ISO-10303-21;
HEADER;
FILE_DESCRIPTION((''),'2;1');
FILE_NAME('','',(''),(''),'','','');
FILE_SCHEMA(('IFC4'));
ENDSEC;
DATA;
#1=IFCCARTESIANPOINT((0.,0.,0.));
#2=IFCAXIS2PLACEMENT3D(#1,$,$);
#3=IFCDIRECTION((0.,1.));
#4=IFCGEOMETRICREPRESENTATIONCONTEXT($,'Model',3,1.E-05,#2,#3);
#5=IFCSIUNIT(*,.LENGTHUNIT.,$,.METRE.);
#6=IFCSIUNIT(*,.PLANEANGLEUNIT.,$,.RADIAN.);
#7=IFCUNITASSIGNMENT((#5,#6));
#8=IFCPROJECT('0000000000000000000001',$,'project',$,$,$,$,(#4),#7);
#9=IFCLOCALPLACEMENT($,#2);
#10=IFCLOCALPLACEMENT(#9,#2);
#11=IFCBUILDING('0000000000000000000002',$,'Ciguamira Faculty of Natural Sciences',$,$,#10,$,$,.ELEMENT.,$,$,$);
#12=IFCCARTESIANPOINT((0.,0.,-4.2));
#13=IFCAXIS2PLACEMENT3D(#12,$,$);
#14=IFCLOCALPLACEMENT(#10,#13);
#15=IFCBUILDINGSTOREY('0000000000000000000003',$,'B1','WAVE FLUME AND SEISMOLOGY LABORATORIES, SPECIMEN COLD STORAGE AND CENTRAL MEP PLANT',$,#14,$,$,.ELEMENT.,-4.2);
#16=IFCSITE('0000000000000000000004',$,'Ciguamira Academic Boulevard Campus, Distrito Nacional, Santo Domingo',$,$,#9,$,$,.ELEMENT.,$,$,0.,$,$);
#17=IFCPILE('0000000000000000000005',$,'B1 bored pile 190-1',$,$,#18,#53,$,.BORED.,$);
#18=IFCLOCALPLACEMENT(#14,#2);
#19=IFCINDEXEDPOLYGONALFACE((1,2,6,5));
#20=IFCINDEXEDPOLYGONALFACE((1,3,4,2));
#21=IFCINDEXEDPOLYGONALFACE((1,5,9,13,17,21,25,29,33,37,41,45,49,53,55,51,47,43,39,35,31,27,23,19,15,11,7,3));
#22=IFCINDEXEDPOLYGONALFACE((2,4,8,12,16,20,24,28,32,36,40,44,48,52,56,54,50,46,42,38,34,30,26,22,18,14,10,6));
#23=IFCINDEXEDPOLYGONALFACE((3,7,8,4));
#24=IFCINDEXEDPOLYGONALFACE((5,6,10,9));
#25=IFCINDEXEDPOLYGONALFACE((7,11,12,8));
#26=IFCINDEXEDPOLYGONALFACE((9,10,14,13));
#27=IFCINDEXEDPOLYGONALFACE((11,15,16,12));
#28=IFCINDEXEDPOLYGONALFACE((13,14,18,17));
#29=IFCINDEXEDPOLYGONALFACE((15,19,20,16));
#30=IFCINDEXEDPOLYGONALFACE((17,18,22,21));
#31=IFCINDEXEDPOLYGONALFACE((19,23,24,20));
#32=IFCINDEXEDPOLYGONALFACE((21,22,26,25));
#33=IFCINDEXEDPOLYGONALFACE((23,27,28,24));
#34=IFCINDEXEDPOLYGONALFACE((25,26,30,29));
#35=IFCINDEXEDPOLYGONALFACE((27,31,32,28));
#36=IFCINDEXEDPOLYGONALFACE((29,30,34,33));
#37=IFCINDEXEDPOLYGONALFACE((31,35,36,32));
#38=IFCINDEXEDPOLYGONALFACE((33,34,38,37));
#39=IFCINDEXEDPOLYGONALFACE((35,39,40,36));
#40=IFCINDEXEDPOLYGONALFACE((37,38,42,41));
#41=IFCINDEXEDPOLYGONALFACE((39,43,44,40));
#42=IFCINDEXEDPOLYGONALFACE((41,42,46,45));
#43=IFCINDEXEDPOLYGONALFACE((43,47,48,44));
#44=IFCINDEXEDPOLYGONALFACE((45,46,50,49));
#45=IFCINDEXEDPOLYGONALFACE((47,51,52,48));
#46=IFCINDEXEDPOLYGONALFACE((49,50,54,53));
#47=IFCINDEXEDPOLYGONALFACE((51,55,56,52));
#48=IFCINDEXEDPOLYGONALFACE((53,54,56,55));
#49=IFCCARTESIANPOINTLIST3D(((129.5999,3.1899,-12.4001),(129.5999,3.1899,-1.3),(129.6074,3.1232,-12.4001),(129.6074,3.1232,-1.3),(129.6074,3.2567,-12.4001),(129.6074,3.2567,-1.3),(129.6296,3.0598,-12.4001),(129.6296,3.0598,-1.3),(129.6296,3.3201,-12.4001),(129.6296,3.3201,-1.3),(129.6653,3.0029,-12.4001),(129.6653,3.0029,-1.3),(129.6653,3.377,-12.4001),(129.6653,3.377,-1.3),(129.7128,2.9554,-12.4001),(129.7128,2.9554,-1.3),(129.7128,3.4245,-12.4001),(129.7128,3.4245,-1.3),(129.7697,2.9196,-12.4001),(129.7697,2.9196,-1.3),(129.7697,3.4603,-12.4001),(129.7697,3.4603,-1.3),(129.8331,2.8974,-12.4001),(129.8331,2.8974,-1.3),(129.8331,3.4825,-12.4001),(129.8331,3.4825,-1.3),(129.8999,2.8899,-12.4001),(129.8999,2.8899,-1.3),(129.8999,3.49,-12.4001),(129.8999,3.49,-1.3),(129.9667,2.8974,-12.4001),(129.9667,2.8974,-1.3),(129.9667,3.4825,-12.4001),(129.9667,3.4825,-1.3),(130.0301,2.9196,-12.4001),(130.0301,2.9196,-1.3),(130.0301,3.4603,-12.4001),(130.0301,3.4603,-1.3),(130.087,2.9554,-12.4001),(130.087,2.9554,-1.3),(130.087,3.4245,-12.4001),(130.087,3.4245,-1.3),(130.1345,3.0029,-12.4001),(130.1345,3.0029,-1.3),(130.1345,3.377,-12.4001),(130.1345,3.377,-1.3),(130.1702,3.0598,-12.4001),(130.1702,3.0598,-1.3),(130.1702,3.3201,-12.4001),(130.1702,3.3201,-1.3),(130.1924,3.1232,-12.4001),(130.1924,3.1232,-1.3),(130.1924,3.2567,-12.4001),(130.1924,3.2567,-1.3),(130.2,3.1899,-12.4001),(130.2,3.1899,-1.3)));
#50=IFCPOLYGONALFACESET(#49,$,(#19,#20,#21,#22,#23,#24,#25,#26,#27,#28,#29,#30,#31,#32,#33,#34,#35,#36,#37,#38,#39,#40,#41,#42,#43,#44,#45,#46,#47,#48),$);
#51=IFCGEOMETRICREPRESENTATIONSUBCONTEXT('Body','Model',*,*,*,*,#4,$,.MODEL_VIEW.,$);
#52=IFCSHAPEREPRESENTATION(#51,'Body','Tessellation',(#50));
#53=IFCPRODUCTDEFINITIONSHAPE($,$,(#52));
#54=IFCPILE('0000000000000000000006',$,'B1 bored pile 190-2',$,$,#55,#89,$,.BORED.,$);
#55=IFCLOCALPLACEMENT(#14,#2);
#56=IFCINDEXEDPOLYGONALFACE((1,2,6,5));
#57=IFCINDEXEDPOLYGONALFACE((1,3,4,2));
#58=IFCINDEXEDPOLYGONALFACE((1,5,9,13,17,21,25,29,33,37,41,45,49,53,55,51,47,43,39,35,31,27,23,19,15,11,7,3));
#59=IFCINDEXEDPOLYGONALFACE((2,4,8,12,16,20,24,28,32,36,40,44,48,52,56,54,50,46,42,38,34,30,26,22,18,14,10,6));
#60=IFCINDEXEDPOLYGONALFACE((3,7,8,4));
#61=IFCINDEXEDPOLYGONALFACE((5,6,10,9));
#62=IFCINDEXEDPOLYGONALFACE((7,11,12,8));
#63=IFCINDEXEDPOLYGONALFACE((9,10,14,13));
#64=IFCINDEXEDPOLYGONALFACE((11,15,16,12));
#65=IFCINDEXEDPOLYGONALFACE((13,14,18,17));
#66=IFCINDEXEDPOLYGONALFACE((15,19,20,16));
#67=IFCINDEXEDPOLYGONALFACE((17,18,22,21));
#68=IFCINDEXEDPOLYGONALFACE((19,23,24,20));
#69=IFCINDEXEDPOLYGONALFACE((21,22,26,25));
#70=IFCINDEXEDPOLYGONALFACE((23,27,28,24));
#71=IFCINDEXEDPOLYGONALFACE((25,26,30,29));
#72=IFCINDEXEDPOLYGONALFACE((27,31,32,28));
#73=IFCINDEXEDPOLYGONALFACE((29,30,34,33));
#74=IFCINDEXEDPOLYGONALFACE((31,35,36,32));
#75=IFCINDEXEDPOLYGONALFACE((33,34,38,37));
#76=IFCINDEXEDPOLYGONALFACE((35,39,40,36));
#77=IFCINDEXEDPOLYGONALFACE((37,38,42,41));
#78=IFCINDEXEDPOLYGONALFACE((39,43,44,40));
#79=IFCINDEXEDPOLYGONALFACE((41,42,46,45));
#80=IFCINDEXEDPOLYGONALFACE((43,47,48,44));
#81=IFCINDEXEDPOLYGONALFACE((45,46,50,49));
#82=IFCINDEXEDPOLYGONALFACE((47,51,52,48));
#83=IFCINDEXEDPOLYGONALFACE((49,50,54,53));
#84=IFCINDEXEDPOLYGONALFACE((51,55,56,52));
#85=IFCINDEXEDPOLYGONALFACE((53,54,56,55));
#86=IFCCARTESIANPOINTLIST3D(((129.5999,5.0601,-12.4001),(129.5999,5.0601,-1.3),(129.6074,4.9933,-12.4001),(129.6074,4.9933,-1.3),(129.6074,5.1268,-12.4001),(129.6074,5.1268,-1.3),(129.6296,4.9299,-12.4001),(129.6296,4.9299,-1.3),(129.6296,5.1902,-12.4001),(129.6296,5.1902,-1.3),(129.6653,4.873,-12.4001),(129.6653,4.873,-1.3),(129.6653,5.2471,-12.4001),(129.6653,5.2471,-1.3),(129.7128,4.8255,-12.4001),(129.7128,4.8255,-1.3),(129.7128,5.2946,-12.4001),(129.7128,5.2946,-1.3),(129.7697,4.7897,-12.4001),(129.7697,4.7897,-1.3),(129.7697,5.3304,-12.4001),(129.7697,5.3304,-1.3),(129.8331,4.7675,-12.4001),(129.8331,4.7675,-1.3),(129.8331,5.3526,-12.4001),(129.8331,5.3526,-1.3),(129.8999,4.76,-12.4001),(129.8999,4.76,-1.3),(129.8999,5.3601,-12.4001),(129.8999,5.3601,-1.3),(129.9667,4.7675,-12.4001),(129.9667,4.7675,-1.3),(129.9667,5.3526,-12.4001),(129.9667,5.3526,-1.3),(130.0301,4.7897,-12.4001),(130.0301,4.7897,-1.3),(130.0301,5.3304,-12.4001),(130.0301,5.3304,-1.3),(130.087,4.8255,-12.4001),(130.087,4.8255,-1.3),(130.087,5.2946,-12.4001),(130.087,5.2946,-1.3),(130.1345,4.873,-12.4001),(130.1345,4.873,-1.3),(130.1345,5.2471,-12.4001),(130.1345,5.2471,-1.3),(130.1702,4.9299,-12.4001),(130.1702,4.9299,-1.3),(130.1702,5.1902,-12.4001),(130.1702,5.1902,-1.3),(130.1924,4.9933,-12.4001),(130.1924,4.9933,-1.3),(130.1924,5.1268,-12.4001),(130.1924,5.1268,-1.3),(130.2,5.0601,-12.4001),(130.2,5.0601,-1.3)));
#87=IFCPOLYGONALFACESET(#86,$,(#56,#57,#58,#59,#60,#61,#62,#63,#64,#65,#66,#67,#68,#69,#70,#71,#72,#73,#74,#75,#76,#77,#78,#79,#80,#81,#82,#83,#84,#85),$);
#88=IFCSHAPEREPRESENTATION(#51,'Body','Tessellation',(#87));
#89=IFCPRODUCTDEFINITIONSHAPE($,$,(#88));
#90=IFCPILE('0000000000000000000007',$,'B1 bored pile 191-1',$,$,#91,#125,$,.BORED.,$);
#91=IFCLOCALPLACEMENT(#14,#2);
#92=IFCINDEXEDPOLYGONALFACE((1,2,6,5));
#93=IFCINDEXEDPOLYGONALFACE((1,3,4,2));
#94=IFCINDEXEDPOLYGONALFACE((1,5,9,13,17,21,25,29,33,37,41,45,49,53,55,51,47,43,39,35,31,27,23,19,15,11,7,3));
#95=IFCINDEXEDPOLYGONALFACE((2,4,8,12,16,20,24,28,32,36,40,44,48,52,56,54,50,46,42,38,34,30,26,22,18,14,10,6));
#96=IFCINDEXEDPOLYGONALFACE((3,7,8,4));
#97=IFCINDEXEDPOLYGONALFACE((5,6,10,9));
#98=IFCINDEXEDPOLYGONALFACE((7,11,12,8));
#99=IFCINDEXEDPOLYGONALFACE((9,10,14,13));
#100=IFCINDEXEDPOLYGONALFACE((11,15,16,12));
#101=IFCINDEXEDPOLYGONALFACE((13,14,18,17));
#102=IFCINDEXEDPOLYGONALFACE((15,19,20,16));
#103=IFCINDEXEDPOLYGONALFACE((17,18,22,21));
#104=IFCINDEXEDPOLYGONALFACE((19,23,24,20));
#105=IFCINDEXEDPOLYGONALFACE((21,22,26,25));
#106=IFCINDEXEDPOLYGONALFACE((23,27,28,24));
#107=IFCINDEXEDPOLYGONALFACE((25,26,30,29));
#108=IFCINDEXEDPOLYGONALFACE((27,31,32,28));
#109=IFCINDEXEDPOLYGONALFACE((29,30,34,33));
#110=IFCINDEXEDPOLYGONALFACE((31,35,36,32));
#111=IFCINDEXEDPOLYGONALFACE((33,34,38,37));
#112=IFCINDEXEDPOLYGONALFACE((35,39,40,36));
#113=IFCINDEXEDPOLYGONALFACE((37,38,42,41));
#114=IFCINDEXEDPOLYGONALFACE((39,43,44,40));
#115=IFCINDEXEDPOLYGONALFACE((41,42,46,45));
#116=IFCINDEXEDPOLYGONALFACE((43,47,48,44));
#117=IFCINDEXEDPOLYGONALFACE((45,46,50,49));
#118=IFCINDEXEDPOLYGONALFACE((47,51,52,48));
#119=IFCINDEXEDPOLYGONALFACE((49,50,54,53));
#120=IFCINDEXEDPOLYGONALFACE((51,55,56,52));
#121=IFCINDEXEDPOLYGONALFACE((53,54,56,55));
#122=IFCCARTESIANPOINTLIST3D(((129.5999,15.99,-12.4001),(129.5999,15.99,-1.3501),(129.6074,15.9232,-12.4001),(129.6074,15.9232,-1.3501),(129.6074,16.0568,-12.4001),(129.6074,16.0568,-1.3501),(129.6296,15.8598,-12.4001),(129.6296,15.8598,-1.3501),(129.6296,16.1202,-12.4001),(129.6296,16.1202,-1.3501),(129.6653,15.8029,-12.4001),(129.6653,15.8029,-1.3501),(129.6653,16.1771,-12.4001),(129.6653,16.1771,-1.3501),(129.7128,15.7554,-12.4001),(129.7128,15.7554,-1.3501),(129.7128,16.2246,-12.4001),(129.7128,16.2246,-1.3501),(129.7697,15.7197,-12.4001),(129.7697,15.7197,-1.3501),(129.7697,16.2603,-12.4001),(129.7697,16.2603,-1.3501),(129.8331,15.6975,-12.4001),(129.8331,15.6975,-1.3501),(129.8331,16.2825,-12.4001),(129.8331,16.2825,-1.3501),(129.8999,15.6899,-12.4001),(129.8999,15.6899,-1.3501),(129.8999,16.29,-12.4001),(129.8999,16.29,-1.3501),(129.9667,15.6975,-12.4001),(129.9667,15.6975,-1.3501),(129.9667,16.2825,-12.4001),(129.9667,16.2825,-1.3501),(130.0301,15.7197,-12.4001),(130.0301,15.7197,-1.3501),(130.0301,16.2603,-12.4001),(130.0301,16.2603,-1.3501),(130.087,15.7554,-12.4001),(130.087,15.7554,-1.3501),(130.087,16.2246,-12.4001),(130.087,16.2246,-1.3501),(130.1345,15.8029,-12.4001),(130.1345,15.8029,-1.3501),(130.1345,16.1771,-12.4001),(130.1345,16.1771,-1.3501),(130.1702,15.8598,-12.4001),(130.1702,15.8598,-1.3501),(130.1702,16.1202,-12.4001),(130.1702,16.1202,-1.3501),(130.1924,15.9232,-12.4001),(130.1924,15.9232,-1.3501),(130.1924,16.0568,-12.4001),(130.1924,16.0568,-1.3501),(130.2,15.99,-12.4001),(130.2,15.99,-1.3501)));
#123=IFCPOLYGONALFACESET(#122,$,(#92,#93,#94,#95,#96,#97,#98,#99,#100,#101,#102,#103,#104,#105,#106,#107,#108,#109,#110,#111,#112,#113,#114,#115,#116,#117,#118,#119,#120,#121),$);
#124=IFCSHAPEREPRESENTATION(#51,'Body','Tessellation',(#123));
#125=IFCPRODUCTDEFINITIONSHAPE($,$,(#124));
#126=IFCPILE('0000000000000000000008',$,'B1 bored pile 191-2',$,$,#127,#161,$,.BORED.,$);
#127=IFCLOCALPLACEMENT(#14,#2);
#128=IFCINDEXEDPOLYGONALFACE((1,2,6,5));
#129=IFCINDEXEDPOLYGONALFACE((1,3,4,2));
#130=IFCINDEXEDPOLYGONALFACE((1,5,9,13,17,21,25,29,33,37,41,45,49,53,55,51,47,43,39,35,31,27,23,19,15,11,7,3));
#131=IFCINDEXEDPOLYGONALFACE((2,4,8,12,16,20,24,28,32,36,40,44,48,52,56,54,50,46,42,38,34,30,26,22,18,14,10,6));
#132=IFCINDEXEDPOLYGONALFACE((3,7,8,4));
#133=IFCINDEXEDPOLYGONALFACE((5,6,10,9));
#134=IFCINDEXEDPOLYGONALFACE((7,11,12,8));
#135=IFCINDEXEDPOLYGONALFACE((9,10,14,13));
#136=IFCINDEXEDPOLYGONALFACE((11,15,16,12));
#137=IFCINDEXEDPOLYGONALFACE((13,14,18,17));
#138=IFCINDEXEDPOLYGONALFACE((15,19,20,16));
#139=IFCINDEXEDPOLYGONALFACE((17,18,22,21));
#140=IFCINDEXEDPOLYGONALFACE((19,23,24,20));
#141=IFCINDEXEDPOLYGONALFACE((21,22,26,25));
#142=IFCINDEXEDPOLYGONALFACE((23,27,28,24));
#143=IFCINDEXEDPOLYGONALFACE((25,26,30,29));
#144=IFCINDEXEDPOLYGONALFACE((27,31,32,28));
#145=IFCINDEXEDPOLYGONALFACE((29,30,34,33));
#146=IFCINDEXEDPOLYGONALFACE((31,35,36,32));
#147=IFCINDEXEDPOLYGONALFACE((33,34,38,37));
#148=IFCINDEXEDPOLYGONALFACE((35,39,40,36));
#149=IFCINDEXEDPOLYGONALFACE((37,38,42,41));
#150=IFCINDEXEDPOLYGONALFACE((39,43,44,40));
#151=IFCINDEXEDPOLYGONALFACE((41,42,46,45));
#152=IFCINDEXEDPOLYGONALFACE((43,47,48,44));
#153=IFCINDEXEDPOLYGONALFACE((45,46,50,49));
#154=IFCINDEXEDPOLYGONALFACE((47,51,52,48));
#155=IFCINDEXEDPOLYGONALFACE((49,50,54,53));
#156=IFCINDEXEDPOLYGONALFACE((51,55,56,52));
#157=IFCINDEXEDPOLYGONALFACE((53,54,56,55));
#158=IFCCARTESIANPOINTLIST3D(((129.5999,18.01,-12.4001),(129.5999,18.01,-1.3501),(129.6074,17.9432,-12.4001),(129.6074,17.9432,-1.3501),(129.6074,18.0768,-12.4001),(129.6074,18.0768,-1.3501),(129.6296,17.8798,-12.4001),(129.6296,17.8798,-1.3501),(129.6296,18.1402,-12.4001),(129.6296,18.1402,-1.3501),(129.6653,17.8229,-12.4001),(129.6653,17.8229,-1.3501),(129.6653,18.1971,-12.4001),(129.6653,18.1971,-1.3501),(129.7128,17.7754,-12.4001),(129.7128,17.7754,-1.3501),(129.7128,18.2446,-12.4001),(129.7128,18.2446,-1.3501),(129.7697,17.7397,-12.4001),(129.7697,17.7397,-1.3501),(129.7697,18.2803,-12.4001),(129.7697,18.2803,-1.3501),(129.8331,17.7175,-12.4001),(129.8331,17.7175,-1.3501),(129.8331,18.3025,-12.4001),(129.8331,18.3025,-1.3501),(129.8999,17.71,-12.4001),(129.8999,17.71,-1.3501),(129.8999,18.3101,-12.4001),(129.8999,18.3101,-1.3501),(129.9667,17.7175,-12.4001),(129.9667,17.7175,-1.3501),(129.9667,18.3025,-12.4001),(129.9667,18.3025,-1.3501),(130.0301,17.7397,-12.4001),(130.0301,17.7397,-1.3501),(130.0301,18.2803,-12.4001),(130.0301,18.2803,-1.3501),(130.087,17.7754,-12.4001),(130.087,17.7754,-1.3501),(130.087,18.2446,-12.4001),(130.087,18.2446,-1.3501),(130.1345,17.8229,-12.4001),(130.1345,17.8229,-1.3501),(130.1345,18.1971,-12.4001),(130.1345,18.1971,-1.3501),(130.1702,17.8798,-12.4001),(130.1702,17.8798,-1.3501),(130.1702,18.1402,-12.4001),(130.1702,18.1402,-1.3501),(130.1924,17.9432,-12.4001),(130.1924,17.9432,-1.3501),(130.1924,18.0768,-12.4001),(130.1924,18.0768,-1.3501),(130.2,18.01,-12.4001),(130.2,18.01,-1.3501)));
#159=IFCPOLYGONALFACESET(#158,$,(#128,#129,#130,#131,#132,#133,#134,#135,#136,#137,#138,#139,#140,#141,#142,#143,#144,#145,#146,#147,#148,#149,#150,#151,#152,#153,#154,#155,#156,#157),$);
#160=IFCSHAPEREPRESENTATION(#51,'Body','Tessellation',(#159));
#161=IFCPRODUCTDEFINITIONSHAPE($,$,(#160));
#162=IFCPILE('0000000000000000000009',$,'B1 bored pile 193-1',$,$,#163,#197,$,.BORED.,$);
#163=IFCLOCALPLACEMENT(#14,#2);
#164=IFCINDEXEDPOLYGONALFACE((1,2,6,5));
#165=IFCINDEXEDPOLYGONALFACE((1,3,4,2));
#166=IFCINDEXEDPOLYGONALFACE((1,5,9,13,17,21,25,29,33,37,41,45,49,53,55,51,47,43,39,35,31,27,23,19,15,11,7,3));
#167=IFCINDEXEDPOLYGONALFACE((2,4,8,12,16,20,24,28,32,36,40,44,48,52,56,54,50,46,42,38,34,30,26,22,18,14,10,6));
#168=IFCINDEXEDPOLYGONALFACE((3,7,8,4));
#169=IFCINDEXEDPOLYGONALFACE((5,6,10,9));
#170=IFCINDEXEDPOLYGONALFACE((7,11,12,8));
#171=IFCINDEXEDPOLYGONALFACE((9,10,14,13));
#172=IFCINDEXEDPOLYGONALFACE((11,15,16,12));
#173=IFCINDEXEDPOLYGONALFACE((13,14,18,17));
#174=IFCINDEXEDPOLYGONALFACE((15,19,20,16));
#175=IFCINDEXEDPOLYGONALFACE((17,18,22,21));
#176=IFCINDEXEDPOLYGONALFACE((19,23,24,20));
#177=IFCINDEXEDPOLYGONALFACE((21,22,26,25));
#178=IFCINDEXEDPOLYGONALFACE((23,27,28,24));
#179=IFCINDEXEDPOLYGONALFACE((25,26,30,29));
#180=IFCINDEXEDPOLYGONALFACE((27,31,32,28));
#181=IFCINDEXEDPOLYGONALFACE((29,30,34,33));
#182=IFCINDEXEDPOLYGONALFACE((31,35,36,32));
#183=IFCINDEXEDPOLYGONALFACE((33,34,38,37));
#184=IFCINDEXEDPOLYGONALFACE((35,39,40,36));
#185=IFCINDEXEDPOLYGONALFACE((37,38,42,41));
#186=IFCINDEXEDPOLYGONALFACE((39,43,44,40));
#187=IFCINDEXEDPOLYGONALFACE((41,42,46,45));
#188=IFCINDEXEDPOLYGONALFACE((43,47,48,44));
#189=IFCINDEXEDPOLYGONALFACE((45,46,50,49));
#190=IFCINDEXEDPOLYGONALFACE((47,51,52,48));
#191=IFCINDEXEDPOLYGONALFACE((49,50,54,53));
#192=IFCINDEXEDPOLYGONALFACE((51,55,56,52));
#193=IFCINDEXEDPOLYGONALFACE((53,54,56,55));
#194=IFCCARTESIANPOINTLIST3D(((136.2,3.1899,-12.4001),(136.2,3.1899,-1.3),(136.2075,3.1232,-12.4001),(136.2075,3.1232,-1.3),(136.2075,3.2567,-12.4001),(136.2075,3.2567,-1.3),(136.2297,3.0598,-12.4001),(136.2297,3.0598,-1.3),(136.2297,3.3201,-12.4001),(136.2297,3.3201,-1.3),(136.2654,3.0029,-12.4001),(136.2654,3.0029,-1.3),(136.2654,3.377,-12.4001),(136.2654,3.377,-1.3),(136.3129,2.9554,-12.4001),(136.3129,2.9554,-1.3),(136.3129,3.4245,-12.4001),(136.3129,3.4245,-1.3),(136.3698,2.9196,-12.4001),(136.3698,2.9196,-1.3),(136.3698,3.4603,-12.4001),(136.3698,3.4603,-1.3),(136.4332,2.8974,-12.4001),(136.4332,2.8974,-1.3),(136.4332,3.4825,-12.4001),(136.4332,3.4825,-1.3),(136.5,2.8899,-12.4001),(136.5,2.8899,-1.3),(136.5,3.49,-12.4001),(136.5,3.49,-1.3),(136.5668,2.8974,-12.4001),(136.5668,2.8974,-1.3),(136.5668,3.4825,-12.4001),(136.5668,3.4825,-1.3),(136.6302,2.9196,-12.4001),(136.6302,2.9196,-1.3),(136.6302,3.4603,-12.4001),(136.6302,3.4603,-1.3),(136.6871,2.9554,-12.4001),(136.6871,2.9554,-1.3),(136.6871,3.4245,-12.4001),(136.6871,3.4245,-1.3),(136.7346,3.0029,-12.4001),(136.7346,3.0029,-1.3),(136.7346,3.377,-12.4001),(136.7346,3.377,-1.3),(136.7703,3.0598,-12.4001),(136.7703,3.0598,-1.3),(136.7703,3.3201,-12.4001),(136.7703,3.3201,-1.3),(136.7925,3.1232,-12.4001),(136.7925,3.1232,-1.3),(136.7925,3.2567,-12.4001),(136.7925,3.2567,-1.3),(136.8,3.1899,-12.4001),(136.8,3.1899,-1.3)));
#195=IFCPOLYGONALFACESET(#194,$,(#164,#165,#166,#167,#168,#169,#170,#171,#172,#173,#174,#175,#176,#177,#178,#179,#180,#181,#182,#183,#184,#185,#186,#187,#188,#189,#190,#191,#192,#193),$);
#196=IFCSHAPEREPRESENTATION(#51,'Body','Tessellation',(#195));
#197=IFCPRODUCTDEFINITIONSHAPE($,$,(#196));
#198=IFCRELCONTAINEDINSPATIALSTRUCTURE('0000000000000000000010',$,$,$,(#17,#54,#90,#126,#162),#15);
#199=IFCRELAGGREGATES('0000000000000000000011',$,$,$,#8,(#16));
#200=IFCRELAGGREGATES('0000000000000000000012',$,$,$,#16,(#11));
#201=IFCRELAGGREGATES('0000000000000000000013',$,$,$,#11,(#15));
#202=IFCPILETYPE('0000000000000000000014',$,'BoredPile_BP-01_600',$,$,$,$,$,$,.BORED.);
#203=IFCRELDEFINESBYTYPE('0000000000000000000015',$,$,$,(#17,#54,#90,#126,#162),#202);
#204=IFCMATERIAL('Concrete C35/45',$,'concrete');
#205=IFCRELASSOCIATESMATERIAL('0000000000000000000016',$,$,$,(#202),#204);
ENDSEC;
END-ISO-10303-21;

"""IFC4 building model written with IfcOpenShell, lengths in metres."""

from ifc_helpers import new_model, si_unit, direction, frame, origin, origin_2d, place, context, subcontext, project, spatial, circle, extrude, material, material_profile, profile_set, type_object, element, save


model = new_model("IFC4")

# Units and contexts
model_context = context("Model", 3, precision=1e-05, world=origin(), true_north=direction((0.0, 1.0)))
body_context = subcontext(model_context, "Body", "Model", "MODEL_VIEW")
ifc_project = project(units=[si_unit("LENGTHUNIT", "METRE"), si_unit("PLANEANGLEUNIT", "RADIAN")], contexts=[model_context])

# Site, building, storey
site_placement = place(None, origin())
site = spatial("IfcSite", under=ifc_project, at=site_placement, Name="Ciguamira Academic Boulevard Campus, Distrito Nacional, Santo Domingo", CompositionType="ELEMENT", RefElevation=0.0)
building_placement = place(site_placement, origin())
building = spatial("IfcBuilding", under=site, at=building_placement, Name="Ciguamira Faculty of Natural Sciences", CompositionType="ELEMENT")
storey_placement = place(building_placement, frame((0.0, 0.0, -4.2)))
storey = spatial("IfcBuildingStorey", under=building, at=storey_placement, Name="B1", Description="WAVE FLUME AND SEISMOLOGY LABORATORIES, SPECIMEN COLD STORAGE AND CENTRAL MEP PLANT", CompositionType="ELEMENT", Elevation=-4.2)

# Piles
ifc_material_1 = material(Name="Concrete C35/45", Category="concrete")
ifc_material_profile_1 = material_profile(ifc_material_1, circle(Radius=0.3, at=origin_2d()), Name="PILE-BORED-600")
ifc_profile_set_1 = profile_set([ifc_material_profile_1], Name="Concrete C35/45")
pile_type_1 = type_object("IfcPileType", Name="BoredPile_BP-01_600", PredefinedType="BORED", material=ifc_profile_set_1)
for number, where, z_axis, x_axis, name in (
    (1, (129.8999, 3.1899, -1.3), (0.0, 0.0, -1.0), (1.0, 0.0, 0.0), "B1 bored pile 190-1"),
    (2, (129.8999, 5.0601, -1.3), (0.0, 0.0, -1.0), (1.0, 0.0, 0.0), "B1 bored pile 190-2"),
):
    element("IfcPile", number, at=place(storey_placement, frame(where, z_axis=z_axis, x_axis=x_axis)), inside=storey, type_object=pile_type_1, Name=name, PredefinedType="BORED", context=body_context, shape_type="SweptSolid", body=[
        extrude(circle(Radius=0.3, at=origin_2d()), origin(), (0.0, 0.0, 1.0), 11.1001),
    ])
for number, where, z_axis, x_axis, name in (
    (3, (129.8999, 15.99, -1.3501), (0.0, 0.0, -1.0), (1.0, 0.0, 0.0), "B1 bored pile 191-1"),
    (4, (129.8999, 18.01, -1.3501), (0.0, 0.0, -1.0), (1.0, 0.0, 0.0), "B1 bored pile 191-2"),
):
    element("IfcPile", number, at=place(storey_placement, frame(where, z_axis=z_axis, x_axis=x_axis)), inside=storey, type_object=pile_type_1, Name=name, PredefinedType="BORED", context=body_context, shape_type="SweptSolid", body=[
        extrude(circle(Radius=0.3, at=origin_2d()), origin(), (0.0, 0.0, 1.0), 11.05),
    ])
for number, where, z_axis, x_axis, name in (
    (5, (136.5, 3.1899, -1.3), (0.0, 0.0, -1.0), (1.0, 0.0, 0.0), "B1 bored pile 193-1"),
):
    element("IfcPile", number, at=place(storey_placement, frame(where, z_axis=z_axis, x_axis=x_axis)), inside=storey, type_object=pile_type_1, Name=name, PredefinedType="BORED", context=body_context, shape_type="SweptSolid", body=[
        extrude(circle(Radius=0.3, at=origin_2d()), origin(), (0.0, 0.0, 1.0), 11.1001),
    ])

save(model, "model.ifc")
